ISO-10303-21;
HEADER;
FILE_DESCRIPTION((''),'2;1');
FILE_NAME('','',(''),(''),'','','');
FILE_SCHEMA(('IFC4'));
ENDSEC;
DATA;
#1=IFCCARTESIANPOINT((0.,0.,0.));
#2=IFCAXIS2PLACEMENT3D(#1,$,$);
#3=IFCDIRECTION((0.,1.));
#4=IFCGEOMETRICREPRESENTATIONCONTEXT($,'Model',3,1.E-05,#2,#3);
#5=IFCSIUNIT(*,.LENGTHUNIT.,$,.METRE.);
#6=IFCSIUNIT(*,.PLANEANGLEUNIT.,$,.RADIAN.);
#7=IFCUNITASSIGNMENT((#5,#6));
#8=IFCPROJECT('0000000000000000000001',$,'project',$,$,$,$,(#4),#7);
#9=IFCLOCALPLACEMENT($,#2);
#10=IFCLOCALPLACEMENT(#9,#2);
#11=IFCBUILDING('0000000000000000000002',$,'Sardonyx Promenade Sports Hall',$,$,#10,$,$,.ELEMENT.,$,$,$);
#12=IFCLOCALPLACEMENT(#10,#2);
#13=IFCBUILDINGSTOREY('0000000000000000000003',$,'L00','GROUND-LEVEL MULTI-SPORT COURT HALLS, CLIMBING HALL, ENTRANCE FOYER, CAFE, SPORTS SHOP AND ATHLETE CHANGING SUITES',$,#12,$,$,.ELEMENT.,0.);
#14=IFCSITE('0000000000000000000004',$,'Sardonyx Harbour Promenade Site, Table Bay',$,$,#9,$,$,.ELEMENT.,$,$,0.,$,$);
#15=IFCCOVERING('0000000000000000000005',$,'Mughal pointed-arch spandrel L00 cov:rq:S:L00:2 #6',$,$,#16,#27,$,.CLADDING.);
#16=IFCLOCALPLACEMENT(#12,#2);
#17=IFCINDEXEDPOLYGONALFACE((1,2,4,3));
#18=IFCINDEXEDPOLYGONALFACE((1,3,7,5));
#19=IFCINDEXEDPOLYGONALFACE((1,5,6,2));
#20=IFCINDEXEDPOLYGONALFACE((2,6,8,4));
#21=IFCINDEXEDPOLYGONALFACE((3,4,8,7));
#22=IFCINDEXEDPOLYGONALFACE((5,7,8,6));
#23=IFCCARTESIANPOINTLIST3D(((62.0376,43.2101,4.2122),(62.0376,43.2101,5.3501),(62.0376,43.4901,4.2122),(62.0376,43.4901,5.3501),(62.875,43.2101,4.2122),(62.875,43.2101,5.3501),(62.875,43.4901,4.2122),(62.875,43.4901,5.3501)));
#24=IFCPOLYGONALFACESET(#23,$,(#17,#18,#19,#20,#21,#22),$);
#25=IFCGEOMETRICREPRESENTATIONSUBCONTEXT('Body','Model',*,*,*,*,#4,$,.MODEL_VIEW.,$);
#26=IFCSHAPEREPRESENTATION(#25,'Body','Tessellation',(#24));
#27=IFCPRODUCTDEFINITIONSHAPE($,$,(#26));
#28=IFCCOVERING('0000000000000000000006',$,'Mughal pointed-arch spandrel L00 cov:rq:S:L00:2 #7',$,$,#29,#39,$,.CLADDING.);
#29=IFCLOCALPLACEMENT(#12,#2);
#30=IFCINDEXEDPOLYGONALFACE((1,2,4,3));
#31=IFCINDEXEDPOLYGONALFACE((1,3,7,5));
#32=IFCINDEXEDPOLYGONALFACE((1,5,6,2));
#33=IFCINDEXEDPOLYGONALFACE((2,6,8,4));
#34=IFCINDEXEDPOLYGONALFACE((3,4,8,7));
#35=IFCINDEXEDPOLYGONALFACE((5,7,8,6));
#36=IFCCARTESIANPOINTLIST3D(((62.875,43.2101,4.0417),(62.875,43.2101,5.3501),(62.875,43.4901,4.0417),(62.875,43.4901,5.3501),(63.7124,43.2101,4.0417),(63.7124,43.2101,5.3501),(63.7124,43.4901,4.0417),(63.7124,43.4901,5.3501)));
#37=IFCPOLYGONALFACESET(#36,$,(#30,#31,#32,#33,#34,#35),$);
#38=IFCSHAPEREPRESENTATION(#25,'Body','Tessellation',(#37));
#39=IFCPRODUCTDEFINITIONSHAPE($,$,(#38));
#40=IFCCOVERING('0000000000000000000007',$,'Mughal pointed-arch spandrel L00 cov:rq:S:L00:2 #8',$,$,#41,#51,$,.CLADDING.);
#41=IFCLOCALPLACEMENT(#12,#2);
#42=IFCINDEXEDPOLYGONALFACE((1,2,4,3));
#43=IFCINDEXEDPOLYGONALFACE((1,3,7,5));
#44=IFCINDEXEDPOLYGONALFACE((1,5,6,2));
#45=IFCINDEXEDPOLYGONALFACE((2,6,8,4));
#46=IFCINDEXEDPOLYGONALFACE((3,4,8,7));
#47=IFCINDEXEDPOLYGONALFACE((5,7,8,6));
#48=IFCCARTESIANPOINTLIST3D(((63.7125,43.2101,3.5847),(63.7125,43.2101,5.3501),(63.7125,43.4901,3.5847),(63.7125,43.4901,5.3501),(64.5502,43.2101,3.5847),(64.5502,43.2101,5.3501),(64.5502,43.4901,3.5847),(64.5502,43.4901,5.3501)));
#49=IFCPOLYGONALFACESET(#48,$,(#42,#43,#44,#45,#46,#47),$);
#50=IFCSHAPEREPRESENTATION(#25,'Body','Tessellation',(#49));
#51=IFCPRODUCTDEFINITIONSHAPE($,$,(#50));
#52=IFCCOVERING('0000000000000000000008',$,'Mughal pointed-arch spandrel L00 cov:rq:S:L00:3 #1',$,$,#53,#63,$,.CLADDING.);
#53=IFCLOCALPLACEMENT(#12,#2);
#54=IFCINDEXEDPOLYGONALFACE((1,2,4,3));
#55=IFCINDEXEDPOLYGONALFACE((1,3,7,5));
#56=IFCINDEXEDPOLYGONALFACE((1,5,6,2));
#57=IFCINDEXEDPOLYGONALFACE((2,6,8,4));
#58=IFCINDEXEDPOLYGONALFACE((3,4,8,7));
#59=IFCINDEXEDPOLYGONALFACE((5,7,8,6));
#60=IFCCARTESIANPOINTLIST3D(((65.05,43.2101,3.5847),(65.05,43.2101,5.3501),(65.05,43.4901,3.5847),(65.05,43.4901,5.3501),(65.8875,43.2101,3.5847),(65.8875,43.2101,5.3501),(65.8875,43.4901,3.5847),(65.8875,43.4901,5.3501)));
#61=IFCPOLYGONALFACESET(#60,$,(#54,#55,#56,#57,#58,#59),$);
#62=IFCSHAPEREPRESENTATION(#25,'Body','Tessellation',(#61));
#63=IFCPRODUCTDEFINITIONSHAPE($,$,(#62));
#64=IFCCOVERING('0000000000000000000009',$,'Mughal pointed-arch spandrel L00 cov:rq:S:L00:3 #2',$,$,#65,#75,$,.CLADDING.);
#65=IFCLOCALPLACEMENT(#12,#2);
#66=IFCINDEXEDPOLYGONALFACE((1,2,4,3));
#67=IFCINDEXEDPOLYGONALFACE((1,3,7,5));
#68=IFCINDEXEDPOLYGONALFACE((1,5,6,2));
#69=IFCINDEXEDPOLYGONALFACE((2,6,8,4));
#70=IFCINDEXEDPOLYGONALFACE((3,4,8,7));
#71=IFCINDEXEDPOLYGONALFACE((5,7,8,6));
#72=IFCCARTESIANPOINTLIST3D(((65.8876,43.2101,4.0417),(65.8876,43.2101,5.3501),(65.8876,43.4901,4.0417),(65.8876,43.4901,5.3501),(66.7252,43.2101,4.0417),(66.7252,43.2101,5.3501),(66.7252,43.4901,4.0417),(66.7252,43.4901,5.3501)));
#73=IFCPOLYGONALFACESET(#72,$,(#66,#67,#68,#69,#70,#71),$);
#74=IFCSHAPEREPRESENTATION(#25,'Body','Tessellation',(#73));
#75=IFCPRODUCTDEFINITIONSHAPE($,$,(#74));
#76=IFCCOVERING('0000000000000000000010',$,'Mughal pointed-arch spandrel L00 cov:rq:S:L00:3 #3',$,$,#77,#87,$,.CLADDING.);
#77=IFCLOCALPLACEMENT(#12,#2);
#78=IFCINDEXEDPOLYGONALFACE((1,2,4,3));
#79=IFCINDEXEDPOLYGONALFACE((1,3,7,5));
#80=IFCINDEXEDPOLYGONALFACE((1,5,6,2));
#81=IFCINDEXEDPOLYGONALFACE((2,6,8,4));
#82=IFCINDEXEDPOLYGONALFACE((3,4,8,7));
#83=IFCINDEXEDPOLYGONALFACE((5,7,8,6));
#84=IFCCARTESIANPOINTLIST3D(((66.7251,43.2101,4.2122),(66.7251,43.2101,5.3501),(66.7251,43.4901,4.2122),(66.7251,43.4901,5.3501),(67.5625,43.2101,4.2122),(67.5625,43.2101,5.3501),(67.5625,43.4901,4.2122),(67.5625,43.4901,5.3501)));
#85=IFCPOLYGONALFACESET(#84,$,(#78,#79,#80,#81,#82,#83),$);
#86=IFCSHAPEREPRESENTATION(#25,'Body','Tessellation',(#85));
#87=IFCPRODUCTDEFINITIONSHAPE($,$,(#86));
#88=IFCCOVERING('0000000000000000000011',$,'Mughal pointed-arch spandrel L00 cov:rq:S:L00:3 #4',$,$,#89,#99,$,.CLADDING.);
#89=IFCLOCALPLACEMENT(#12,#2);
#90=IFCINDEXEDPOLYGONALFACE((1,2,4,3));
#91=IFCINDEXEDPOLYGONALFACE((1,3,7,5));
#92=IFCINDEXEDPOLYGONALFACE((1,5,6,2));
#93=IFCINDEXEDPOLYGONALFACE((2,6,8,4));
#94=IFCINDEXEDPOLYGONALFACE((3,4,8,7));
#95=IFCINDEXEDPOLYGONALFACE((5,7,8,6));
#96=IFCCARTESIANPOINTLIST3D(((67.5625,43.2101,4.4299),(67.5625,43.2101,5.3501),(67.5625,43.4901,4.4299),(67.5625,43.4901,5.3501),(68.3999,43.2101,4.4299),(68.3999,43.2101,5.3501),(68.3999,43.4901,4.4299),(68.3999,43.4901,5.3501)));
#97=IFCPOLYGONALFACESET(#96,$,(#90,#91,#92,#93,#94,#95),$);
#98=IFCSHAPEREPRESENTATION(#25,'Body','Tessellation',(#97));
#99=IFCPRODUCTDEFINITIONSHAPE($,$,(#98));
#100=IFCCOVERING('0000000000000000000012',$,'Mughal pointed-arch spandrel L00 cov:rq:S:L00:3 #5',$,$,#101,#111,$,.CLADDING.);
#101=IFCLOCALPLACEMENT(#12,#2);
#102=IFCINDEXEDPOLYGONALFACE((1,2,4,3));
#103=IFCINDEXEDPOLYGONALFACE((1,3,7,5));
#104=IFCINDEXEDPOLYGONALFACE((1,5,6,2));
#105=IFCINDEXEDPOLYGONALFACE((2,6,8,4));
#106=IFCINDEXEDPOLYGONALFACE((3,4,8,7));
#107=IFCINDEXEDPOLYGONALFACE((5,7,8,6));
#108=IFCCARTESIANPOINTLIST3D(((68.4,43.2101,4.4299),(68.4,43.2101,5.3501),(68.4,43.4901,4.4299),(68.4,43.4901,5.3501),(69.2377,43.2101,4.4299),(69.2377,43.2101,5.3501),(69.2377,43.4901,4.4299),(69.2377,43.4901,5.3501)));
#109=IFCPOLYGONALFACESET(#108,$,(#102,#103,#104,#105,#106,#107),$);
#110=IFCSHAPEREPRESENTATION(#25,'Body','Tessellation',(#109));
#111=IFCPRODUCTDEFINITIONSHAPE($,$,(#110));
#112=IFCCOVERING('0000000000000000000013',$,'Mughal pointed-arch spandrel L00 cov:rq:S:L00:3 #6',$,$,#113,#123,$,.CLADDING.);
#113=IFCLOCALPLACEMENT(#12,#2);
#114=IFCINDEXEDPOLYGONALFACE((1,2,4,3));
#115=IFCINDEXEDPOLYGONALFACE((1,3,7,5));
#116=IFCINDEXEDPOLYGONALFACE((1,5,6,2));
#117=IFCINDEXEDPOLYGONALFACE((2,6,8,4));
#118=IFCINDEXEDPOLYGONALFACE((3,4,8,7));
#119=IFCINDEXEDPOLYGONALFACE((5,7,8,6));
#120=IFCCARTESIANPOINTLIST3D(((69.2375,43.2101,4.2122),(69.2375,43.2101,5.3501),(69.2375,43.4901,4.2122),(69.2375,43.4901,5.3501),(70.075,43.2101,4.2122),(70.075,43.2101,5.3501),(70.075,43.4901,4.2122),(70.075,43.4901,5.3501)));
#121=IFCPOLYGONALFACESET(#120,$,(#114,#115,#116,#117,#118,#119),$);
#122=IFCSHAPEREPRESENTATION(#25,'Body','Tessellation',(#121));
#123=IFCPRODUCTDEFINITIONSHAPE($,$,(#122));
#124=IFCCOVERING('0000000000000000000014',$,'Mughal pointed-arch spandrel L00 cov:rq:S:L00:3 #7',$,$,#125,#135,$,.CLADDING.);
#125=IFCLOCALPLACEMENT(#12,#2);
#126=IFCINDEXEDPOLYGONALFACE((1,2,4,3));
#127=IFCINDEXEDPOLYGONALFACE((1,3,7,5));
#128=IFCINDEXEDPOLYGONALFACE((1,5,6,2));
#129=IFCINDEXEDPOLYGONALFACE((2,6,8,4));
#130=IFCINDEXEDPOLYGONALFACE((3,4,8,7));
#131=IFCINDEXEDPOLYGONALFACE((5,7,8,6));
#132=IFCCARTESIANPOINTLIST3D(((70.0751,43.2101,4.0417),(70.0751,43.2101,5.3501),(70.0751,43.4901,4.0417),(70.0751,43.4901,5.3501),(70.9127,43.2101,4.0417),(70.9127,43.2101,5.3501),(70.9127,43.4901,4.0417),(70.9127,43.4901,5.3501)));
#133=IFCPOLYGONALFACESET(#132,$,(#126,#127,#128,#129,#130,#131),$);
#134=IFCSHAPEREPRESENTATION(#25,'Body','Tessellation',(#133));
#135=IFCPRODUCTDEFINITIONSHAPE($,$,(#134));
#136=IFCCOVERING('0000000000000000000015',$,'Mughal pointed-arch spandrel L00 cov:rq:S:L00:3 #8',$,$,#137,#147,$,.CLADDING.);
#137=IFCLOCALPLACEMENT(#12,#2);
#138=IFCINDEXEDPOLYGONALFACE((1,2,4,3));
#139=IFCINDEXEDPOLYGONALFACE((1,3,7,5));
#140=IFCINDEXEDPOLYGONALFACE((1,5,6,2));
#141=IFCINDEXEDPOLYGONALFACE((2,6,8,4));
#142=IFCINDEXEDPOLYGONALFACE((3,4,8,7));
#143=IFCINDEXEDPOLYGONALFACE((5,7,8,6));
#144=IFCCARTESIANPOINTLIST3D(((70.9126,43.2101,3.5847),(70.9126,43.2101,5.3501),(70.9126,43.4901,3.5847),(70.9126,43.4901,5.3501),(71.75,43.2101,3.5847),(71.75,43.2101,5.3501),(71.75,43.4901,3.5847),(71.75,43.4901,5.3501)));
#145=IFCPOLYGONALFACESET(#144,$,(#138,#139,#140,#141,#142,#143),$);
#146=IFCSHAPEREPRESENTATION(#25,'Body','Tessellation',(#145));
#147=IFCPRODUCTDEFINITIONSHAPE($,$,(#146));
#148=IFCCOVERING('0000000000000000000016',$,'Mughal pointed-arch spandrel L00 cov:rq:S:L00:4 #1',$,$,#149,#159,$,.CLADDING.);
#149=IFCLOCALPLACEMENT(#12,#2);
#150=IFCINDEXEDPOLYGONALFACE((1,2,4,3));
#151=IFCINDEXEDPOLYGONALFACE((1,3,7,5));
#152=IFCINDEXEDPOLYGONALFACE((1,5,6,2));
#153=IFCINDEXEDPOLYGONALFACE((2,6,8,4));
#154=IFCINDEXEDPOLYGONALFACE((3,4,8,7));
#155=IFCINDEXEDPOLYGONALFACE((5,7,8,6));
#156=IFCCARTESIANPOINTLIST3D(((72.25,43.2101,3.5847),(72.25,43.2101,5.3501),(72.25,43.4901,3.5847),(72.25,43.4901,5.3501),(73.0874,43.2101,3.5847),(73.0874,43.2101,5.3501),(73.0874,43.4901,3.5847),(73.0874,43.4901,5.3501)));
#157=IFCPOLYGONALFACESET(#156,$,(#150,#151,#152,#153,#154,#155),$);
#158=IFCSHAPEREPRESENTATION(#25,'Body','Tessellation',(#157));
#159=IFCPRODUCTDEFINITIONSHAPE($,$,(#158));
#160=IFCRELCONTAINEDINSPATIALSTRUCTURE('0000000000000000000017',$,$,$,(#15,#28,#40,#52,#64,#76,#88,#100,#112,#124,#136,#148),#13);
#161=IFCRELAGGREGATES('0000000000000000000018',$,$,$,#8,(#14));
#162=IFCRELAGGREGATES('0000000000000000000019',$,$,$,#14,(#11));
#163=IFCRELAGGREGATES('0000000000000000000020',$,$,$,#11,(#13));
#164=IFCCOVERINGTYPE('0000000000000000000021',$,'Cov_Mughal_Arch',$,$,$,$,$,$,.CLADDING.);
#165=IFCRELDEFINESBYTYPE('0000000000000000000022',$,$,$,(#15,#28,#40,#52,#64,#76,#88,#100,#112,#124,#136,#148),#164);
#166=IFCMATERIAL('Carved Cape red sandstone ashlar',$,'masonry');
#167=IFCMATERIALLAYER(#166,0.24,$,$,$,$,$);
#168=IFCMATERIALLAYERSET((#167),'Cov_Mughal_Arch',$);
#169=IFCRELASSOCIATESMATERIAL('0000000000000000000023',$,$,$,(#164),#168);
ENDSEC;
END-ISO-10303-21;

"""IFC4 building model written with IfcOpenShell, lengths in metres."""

from ifc_helpers import new_model, si_unit, direction, frame, frame_2d, origin, place, context, subcontext, project, spatial, rectangle, extrude, material, layer, layer_set, type_object, element, save


model = new_model("IFC4")

# Units and contexts
model_context = context("Model", 3, precision=1e-05, world=origin(), true_north=direction((0.0, 1.0)))
body_context = subcontext(model_context, "Body", "Model", "MODEL_VIEW")
ifc_project = project(units=[si_unit("LENGTHUNIT", "METRE"), si_unit("PLANEANGLEUNIT", "RADIAN")], contexts=[model_context])

# Site, building, storey
site_placement = place(None, origin())
site = spatial("IfcSite", under=ifc_project, at=site_placement, Name="Sardonyx Harbour Promenade Site, Table Bay", CompositionType="ELEMENT", RefElevation=0.0)
building_placement = place(site_placement, origin())
building = spatial("IfcBuilding", under=site, at=building_placement, Name="Sardonyx Promenade Sports Hall", CompositionType="ELEMENT")
storey_placement = place(building_placement, origin())
storey = spatial("IfcBuildingStorey", under=building, at=storey_placement, Name="L00", Description="GROUND-LEVEL MULTI-SPORT COURT HALLS, CLIMBING HALL, ENTRANCE FOYER, CAFE, SPORTS SHOP AND ATHLETE CHANGING SUITES", CompositionType="ELEMENT", Elevation=0.0)

# Coverings
ifc_material_1 = material(Name="Carved Cape red sandstone ashlar", Category="masonry")
ifc_layer_1 = layer(ifc_material_1, 0.24)
ifc_layer_set_1 = layer_set([ifc_layer_1], Name="Cov_Mughal_Arch")
covering_type = type_object("IfcCoveringType", Name="Cov_Mughal_Arch", PredefinedType="CLADDING", material=ifc_layer_set_1)
covering_1_placement = place(storey_placement, frame((62.0376, 43.3501, 4.2122), z_axis=(0.0, 0.0, 1.0), x_axis=(1.0, 0.0, 0.0)))
element("IfcCovering", 1, at=covering_1_placement, inside=storey, type_object=covering_type, Name="Mughal pointed-arch spandrel L00 cov:rq:S:L00:2 #6", PredefinedType="CLADDING", context=body_context, shape_type="SweptSolid", body=[
    extrude(rectangle(XDim=0.8374, YDim=0.28, at=frame_2d((0.4187, 0.0))), origin(), (0.0, 0.0, 1.0), 1.1379),
])
covering_2_placement = place(storey_placement, frame((62.875, 43.3501, 4.0417), z_axis=(0.0, 0.0, 1.0), x_axis=(1.0, 0.0, 0.0)))
element("IfcCovering", 2, at=covering_2_placement, inside=storey, type_object=covering_type, Name="Mughal pointed-arch spandrel L00 cov:rq:S:L00:2 #7", PredefinedType="CLADDING", context=body_context, shape_type="SweptSolid", body=[
    extrude(rectangle(XDim=0.8374, YDim=0.28, at=frame_2d((0.4187, 0.0))), origin(), (0.0, 0.0, 1.0), 1.3083),
])
covering_3_placement = place(storey_placement, frame((63.7124, 43.3501, 3.5847), z_axis=(0.0, 0.0, 1.0), x_axis=(1.0, 0.0, 0.0)))
element("IfcCovering", 3, at=covering_3_placement, inside=storey, type_object=covering_type, Name="Mughal pointed-arch spandrel L00 cov:rq:S:L00:2 #8", PredefinedType="CLADDING", context=body_context, shape_type="SweptSolid", body=[
    extrude(rectangle(XDim=0.8376, YDim=0.28, at=frame_2d((0.4189, 0.0))), origin(), (0.0, 0.0, 1.0), 1.7654),
])
covering_4_placement = place(storey_placement, frame((65.05, 43.3501, 3.5847), z_axis=(0.0, 0.0, 1.0), x_axis=(1.0, 0.0, 0.0)))
element("IfcCovering", 4, at=covering_4_placement, inside=storey, type_object=covering_type, Name="Mughal pointed-arch spandrel L00 cov:rq:S:L00:3 #1", PredefinedType="CLADDING", context=body_context, shape_type="SweptSolid", body=[
    extrude(rectangle(XDim=0.8374, YDim=0.28, at=frame_2d((0.4187, 0.0))), origin(), (0.0, 0.0, 1.0), 1.7654),
])
covering_5_placement = place(storey_placement, frame((65.8875, 43.3501, 4.0417), z_axis=(0.0, 0.0, 1.0), x_axis=(1.0, 0.0, 0.0)))
element("IfcCovering", 5, at=covering_5_placement, inside=storey, type_object=covering_type, Name="Mughal pointed-arch spandrel L00 cov:rq:S:L00:3 #2", PredefinedType="CLADDING", context=body_context, shape_type="SweptSolid", body=[
    extrude(rectangle(XDim=0.8376, YDim=0.28, at=frame_2d((0.4189, 0.0))), origin(), (0.0, 0.0, 1.0), 1.3083),
])
covering_6_placement = place(storey_placement, frame((66.7251, 43.3501, 4.2122), z_axis=(0.0, 0.0, 1.0), x_axis=(1.0, 0.0, 0.0)))
element("IfcCovering", 6, at=covering_6_placement, inside=storey, type_object=covering_type, Name="Mughal pointed-arch spandrel L00 cov:rq:S:L00:3 #3", PredefinedType="CLADDING", context=body_context, shape_type="SweptSolid", body=[
    extrude(rectangle(XDim=0.8374, YDim=0.28, at=frame_2d((0.4187, 0.0))), origin(), (0.0, 0.0, 1.0), 1.1379),
])
covering_7_placement = place(storey_placement, frame((67.5625, 43.3501, 4.4299), z_axis=(0.0, 0.0, 1.0), x_axis=(1.0, 0.0, 0.0)))
element("IfcCovering", 7, at=covering_7_placement, inside=storey, type_object=covering_type, Name="Mughal pointed-arch spandrel L00 cov:rq:S:L00:3 #4", PredefinedType="CLADDING", context=body_context, shape_type="SweptSolid", body=[
    extrude(rectangle(XDim=0.8374, YDim=0.28, at=frame_2d((0.4187, 0.0))), origin(), (0.0, 0.0, 1.0), 0.9202),
])
covering_8_placement = place(storey_placement, frame((68.3999, 43.3501, 4.4299), z_axis=(0.0, 0.0, 1.0), x_axis=(1.0, 0.0, 0.0)))
element("IfcCovering", 8, at=covering_8_placement, inside=storey, type_object=covering_type, Name="Mughal pointed-arch spandrel L00 cov:rq:S:L00:3 #5", PredefinedType="CLADDING", context=body_context, shape_type="SweptSolid", body=[
    extrude(rectangle(XDim=0.8376, YDim=0.28, at=frame_2d((0.4189, 0.0))), origin(), (0.0, 0.0, 1.0), 0.9202),
])
covering_9_placement = place(storey_placement, frame((69.2375, 43.3501, 4.2122), z_axis=(0.0, 0.0, 1.0), x_axis=(1.0, 0.0, 0.0)))
element("IfcCovering", 9, at=covering_9_placement, inside=storey, type_object=covering_type, Name="Mughal pointed-arch spandrel L00 cov:rq:S:L00:3 #6", PredefinedType="CLADDING", context=body_context, shape_type="SweptSolid", body=[
    extrude(rectangle(XDim=0.8374, YDim=0.28, at=frame_2d((0.4187, 0.0))), origin(), (0.0, 0.0, 1.0), 1.1379),
])
covering_10_placement = place(storey_placement, frame((70.075, 43.3501, 4.0417), z_axis=(0.0, 0.0, 1.0), x_axis=(1.0, 0.0, 0.0)))
element("IfcCovering", 10, at=covering_10_placement, inside=storey, type_object=covering_type, Name="Mughal pointed-arch spandrel L00 cov:rq:S:L00:3 #7", PredefinedType="CLADDING", context=body_context, shape_type="SweptSolid", body=[
    extrude(rectangle(XDim=0.8376, YDim=0.28, at=frame_2d((0.4189, 0.0))), origin(), (0.0, 0.0, 1.0), 1.3083),
])
for number, where, z_axis, x_axis, name in (
    (11, (70.9126, 43.3501, 3.5847), (0.0, 0.0, 1.0), (1.0, 0.0, 0.0), "Mughal pointed-arch spandrel L00 cov:rq:S:L00:3 #8"),
    (12, (72.25, 43.3501, 3.5847), (0.0, 0.0, 1.0), (1.0, 0.0, 0.0), "Mughal pointed-arch spandrel L00 cov:rq:S:L00:4 #1"),
):
    element("IfcCovering", number, at=place(storey_placement, frame(where, z_axis=z_axis, x_axis=x_axis)), inside=storey, type_object=covering_type, Name=name, PredefinedType="CLADDING", context=body_context, shape_type="SweptSolid", body=[
        extrude(rectangle(XDim=0.8374, YDim=0.28, at=frame_2d((0.4187, 0.0))), origin(), (0.0, 0.0, 1.0), 1.7654),
    ])

save(model, "model.ifc")
